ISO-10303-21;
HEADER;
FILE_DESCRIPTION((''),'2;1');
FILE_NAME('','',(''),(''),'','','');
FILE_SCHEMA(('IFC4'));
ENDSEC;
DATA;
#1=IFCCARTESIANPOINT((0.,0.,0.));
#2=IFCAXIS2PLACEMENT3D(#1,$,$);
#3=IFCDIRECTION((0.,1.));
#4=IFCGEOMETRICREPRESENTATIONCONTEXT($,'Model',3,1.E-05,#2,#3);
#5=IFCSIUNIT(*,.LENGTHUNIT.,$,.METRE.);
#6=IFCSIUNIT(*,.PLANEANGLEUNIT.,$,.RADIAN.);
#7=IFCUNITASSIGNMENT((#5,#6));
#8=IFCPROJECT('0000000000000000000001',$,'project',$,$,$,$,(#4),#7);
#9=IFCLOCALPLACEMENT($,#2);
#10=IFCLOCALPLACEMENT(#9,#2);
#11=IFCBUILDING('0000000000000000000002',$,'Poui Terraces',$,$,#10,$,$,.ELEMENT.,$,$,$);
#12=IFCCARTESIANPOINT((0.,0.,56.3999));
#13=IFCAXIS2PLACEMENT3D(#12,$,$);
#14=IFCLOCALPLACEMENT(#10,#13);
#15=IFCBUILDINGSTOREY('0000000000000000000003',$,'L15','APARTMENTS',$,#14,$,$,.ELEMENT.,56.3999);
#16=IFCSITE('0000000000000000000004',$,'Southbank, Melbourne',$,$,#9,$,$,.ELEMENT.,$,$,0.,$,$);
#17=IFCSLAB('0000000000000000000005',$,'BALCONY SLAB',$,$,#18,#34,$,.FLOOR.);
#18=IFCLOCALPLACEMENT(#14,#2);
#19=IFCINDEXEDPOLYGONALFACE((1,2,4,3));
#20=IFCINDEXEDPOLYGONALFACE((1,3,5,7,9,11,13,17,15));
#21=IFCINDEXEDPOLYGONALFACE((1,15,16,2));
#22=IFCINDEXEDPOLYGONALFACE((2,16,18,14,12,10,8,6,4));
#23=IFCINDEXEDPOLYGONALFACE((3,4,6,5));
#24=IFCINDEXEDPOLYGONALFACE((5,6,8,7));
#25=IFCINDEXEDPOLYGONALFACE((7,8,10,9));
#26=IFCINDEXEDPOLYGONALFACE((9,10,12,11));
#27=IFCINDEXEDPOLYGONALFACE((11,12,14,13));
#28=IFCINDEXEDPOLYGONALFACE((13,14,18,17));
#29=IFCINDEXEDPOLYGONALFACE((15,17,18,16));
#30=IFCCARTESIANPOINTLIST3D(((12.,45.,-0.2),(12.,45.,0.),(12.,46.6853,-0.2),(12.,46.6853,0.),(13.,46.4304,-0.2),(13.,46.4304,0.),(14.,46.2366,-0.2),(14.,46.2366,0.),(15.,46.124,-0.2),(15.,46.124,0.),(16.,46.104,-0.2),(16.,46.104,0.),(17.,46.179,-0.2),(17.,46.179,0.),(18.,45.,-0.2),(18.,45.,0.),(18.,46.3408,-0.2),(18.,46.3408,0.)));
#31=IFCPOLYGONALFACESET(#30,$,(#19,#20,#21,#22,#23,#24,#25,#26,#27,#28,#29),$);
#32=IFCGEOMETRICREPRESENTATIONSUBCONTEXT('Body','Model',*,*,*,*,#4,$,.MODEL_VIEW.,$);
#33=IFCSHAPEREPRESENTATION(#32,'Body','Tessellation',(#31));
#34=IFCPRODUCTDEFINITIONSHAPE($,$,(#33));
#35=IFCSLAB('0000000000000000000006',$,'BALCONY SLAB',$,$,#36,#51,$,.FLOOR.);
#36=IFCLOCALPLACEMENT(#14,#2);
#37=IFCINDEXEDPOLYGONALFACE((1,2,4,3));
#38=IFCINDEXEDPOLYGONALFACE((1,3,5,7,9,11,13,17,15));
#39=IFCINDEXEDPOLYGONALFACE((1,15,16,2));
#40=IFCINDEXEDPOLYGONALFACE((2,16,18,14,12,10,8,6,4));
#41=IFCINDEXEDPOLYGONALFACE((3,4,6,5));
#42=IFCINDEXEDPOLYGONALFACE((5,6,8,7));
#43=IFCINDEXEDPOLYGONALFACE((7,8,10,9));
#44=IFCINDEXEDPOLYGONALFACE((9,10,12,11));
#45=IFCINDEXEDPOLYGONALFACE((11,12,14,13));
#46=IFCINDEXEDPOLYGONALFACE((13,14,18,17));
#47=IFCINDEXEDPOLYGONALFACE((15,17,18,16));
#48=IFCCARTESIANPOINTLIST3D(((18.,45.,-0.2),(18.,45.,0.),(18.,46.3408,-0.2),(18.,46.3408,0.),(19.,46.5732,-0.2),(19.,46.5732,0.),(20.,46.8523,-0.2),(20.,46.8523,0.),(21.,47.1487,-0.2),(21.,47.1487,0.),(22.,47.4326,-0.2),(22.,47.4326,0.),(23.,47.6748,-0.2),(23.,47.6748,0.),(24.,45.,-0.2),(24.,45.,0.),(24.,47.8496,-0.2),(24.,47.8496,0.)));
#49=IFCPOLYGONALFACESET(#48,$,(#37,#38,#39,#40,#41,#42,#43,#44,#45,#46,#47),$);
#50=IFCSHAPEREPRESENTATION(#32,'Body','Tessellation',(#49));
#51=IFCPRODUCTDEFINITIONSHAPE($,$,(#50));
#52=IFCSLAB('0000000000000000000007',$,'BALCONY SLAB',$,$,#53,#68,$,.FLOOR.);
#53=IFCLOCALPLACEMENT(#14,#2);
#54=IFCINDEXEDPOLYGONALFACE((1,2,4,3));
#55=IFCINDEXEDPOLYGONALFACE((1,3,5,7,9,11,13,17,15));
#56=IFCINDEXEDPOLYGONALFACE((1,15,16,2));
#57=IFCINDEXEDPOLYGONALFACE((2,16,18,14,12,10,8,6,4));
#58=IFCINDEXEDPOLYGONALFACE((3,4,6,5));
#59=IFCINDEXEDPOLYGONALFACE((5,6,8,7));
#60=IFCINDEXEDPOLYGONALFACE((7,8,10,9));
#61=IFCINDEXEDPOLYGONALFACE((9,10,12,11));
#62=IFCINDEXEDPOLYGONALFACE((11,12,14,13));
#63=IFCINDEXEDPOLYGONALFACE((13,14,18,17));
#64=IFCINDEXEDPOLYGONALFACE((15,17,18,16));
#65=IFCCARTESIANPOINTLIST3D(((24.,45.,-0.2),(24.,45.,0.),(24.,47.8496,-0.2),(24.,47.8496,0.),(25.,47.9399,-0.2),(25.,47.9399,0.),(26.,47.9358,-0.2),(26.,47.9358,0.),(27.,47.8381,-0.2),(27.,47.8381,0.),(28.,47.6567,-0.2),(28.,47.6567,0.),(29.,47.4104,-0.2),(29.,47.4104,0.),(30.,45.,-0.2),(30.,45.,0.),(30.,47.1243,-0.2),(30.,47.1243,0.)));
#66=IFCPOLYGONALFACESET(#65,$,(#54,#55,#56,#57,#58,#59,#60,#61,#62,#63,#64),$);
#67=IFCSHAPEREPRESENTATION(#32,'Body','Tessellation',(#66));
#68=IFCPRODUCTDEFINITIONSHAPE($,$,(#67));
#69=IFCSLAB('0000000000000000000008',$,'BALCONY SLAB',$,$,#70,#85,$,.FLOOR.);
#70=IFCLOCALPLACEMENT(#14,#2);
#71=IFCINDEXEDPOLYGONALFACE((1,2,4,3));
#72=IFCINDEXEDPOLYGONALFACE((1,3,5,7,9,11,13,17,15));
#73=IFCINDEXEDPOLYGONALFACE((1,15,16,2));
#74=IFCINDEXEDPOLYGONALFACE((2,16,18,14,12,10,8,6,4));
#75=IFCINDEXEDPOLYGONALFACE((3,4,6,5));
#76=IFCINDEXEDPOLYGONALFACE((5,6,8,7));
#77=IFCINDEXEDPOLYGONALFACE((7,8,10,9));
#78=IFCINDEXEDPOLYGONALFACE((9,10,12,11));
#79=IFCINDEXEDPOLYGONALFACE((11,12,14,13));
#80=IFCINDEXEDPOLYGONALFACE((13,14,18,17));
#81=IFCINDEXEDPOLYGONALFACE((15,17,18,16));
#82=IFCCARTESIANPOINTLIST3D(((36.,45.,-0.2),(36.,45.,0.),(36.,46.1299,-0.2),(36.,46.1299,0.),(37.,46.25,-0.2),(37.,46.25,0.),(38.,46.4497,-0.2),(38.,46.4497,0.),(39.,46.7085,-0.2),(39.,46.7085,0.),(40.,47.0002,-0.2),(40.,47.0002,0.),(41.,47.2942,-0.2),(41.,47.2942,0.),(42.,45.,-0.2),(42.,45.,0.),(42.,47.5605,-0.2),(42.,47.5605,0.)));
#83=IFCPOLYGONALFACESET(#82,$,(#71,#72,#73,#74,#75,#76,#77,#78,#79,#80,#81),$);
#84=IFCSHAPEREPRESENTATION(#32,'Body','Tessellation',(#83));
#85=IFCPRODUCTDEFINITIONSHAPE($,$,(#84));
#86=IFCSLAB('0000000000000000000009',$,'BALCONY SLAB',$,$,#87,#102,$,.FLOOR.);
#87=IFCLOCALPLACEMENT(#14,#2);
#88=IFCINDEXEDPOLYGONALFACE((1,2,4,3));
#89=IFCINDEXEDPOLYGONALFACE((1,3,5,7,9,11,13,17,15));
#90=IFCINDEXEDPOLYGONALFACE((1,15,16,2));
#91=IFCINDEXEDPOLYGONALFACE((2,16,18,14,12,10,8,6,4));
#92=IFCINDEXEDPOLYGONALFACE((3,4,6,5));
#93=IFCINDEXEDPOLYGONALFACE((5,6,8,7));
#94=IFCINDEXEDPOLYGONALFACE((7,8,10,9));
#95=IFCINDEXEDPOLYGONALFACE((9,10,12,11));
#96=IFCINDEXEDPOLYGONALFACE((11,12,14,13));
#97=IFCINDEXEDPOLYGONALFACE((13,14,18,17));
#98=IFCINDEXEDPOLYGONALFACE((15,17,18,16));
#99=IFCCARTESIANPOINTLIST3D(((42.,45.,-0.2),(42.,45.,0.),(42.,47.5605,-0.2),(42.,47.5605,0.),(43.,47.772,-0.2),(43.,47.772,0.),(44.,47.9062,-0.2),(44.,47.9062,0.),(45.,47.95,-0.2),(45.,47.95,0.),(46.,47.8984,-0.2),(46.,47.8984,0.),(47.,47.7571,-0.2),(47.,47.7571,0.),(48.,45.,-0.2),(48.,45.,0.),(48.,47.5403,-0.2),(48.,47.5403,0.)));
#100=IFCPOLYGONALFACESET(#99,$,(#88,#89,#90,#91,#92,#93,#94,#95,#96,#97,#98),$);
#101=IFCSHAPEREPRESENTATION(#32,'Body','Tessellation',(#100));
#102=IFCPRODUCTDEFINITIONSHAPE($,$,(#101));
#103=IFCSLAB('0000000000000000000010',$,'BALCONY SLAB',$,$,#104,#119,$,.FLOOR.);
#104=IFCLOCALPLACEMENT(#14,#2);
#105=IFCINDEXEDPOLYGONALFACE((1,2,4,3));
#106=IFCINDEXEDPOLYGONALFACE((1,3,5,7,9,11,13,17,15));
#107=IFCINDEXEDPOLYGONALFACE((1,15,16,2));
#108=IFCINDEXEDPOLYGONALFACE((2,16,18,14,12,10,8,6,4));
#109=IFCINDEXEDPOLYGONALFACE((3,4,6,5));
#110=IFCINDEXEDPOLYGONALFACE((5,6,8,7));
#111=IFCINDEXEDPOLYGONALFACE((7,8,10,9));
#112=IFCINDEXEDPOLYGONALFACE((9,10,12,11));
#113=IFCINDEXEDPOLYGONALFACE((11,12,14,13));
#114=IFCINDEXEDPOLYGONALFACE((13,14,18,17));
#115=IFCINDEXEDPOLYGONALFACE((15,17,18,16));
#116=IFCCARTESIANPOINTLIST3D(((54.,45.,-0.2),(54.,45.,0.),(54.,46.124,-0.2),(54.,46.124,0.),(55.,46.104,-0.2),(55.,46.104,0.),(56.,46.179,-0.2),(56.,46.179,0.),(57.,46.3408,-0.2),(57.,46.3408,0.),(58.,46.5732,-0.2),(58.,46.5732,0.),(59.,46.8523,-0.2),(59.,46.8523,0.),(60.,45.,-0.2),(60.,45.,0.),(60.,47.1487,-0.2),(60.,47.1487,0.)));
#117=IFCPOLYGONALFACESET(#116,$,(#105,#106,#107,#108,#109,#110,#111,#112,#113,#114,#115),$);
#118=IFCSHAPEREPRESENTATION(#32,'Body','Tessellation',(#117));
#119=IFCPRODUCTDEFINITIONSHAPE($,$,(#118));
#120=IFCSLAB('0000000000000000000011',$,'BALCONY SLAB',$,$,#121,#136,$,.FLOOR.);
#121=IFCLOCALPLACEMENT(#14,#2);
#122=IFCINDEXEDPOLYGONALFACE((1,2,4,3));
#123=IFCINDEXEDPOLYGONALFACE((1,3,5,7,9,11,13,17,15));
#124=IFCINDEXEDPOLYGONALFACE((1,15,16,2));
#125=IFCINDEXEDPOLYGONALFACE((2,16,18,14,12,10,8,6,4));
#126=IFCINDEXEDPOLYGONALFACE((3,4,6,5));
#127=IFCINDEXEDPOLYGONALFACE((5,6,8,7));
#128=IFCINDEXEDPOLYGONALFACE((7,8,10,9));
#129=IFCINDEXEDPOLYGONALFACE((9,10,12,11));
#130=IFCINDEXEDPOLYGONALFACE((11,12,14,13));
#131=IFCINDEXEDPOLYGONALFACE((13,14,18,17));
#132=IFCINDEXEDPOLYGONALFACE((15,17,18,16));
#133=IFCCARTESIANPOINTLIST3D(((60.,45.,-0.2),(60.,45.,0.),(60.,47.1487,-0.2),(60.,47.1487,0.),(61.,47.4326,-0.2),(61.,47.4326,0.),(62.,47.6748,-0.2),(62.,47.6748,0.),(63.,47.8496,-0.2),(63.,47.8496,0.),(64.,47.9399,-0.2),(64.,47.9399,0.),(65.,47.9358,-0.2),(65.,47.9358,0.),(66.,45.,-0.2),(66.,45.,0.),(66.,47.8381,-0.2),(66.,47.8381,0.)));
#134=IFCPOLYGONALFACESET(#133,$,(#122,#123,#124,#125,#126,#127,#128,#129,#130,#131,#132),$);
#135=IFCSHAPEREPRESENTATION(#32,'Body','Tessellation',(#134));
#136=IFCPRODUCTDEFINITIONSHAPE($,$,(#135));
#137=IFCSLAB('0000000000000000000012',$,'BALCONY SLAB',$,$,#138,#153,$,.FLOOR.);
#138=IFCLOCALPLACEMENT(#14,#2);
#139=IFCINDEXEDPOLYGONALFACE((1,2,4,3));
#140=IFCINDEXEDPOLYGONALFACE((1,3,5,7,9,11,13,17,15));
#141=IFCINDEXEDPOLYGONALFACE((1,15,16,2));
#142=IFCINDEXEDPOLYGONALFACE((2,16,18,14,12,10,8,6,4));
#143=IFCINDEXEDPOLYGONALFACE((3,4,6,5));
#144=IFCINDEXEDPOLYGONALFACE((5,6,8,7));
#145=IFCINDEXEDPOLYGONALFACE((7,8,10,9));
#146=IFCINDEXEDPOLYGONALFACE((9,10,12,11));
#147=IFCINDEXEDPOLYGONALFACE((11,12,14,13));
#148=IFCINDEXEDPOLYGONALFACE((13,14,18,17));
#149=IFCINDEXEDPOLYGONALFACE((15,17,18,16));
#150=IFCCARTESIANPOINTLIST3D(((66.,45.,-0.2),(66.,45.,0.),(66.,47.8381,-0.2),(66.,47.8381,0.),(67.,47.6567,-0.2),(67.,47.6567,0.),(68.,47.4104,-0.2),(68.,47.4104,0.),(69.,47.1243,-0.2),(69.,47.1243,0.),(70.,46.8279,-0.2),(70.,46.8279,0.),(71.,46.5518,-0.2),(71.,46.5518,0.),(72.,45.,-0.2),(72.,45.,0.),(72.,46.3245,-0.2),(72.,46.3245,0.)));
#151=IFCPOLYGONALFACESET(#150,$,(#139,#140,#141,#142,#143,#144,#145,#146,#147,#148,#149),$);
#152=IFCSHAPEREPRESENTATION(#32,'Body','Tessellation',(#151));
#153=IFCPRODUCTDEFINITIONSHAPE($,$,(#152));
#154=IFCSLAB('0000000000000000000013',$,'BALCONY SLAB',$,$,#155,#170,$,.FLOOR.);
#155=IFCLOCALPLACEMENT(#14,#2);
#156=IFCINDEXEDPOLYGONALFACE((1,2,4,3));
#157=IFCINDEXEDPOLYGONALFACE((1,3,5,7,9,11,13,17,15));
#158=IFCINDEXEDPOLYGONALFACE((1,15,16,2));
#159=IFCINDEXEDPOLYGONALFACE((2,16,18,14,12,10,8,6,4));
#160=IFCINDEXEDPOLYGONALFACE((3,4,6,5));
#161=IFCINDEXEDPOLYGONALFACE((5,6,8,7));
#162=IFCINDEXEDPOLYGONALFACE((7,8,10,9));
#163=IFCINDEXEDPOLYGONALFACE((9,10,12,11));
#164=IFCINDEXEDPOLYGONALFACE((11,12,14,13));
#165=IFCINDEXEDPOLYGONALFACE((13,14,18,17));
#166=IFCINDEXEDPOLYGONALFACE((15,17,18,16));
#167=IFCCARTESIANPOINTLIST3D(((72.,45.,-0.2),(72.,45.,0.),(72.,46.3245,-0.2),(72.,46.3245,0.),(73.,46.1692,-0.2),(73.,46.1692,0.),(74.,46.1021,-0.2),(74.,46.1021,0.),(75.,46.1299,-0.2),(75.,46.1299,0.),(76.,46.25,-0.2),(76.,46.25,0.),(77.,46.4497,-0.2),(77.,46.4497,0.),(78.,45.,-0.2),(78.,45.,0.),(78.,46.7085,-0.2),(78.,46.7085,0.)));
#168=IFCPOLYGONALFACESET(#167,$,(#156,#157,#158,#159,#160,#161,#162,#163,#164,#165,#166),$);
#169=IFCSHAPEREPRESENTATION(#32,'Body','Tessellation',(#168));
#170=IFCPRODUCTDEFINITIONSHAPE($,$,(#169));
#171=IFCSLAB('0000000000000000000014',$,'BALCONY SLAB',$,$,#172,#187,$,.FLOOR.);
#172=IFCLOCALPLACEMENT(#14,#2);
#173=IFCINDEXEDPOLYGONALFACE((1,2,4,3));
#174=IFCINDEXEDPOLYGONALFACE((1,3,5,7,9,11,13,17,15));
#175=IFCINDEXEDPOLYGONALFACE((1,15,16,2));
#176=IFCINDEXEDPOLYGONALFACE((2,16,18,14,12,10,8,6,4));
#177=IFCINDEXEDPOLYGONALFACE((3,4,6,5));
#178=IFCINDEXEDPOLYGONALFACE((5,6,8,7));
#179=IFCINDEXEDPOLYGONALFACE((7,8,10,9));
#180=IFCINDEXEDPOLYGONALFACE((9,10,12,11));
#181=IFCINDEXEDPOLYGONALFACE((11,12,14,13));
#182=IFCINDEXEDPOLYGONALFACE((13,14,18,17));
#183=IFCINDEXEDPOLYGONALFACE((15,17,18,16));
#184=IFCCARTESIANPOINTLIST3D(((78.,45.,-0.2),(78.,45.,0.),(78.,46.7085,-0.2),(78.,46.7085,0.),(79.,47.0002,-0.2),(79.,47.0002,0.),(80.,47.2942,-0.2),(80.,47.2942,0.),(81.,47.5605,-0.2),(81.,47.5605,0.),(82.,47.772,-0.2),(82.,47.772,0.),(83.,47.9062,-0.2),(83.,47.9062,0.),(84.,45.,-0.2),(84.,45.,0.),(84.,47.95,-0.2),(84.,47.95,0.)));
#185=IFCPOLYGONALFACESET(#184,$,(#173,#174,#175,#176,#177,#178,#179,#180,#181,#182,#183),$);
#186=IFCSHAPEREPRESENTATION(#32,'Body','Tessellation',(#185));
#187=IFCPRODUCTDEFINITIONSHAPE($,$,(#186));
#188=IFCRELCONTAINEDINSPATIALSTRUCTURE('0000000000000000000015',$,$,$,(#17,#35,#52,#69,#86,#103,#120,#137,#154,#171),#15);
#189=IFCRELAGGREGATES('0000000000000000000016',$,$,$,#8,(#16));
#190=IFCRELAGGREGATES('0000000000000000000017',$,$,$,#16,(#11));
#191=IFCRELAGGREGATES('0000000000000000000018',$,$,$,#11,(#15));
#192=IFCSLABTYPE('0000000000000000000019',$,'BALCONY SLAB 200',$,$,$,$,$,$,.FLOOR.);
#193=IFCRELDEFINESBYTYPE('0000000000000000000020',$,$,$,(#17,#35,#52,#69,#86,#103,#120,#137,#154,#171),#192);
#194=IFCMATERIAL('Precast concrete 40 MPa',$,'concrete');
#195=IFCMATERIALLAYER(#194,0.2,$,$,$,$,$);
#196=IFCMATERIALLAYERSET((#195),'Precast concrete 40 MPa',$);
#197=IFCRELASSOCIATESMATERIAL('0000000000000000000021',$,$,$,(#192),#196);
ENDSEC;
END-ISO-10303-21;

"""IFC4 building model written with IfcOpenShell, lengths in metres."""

from ifc_helpers import new_model, si_unit, direction, frame, origin, place, context, subcontext, project, spatial, polyline, outline, extrude, material, layer, layer_set, type_object, element, save


model = new_model("IFC4")

# Units and contexts
model_context = context("Model", 3, precision=1e-05, world=origin(), true_north=direction((0.0, 1.0)))
body_context = subcontext(model_context, "Body", "Model", "MODEL_VIEW")
ifc_project = project(units=[si_unit("LENGTHUNIT", "METRE"), si_unit("PLANEANGLEUNIT", "RADIAN")], contexts=[model_context])

# Site, building, storey
site_placement = place(None, origin())
site = spatial("IfcSite", under=ifc_project, at=site_placement, Name="Southbank, Melbourne", CompositionType="ELEMENT", RefElevation=0.0)
building_placement = place(site_placement, origin())
building = spatial("IfcBuilding", under=site, at=building_placement, Name="Poui Terraces", CompositionType="ELEMENT")
storey_placement = place(building_placement, frame((0.0, 0.0, 56.3999)))
storey = spatial("IfcBuildingStorey", under=building, at=storey_placement, Name="L15", Description="APARTMENTS", CompositionType="ELEMENT", Elevation=56.3999)

# Slabs
ifc_material_1 = material(Name="Precast concrete 40 MPa", Category="concrete")
ifc_layer_1 = layer(ifc_material_1, 0.2)
ifc_layer_set_1 = layer_set([ifc_layer_1], Name="Precast concrete 40 MPa")
slab_type_1 = type_object("IfcSlabType", Name="BALCONY SLAB 200", PredefinedType="FLOOR", material=ifc_layer_set_1)
slab_1_placement = place(storey_placement, frame((0.0, 0.0, -0.2)))
element("IfcSlab", 1, at=slab_1_placement, inside=storey, type_object=slab_type_1, Name="BALCONY SLAB", PredefinedType="FLOOR", context=body_context, shape_type="SweptSolid", body=[
    extrude(outline(polyline([(12.0, 45.0), (18.0, 45.0), (18.0, 46.3408), (17.0, 46.179), (16.0, 46.104), (15.0, 46.124), (14.0, 46.2366), (13.0, 46.4304), (12.0, 46.6853), (12.0, 45.0)])), origin(), (0.0, 0.0, 1.0), 0.2),
])
slab_2_placement = place(storey_placement, frame((0.0, 0.0, -0.2)))
element("IfcSlab", 2, at=slab_2_placement, inside=storey, type_object=slab_type_1, Name="BALCONY SLAB", PredefinedType="FLOOR", context=body_context, shape_type="SweptSolid", body=[
    extrude(outline(polyline([(18.0, 45.0), (24.0, 45.0), (24.0, 47.8496), (23.0, 47.6748), (22.0, 47.4326), (21.0, 47.1487), (20.0, 46.8523), (19.0, 46.5732), (18.0, 46.3408), (18.0, 45.0)])), origin(), (0.0, 0.0, 1.0), 0.2),
])
slab_3_placement = place(storey_placement, frame((0.0, 0.0, -0.2)))
element("IfcSlab", 3, at=slab_3_placement, inside=storey, type_object=slab_type_1, Name="BALCONY SLAB", PredefinedType="FLOOR", context=body_context, shape_type="SweptSolid", body=[
    extrude(outline(polyline([(24.0, 45.0), (30.0, 45.0), (30.0, 47.1243), (29.0, 47.4104), (28.0, 47.6567), (27.0, 47.8381), (26.0, 47.9358), (25.0, 47.9399), (24.0, 47.8496), (24.0, 45.0)])), origin(), (0.0, 0.0, 1.0), 0.2),
])
slab_4_placement = place(storey_placement, frame((0.0, 0.0, -0.2)))
element("IfcSlab", 4, at=slab_4_placement, inside=storey, type_object=slab_type_1, Name="BALCONY SLAB", PredefinedType="FLOOR", context=body_context, shape_type="SweptSolid", body=[
    extrude(outline(polyline([(36.0, 45.0), (42.0, 45.0), (42.0, 47.5605), (41.0, 47.2942), (40.0, 47.0002), (39.0, 46.7085), (38.0, 46.4497), (37.0, 46.25), (36.0, 46.1299), (36.0, 45.0)])), origin(), (0.0, 0.0, 1.0), 0.2),
])
slab_5_placement = place(storey_placement, frame((0.0, 0.0, -0.2)))
element("IfcSlab", 5, at=slab_5_placement, inside=storey, type_object=slab_type_1, Name="BALCONY SLAB", PredefinedType="FLOOR", context=body_context, shape_type="SweptSolid", body=[
    extrude(outline(polyline([(42.0, 45.0), (48.0, 45.0), (48.0, 47.5403), (47.0, 47.7571), (46.0, 47.8984), (45.0, 47.95), (44.0, 47.9062), (43.0, 47.772), (42.0, 47.5605), (42.0, 45.0)])), origin(), (0.0, 0.0, 1.0), 0.2),
])
slab_6_placement = place(storey_placement, frame((0.0, 0.0, -0.2)))
element("IfcSlab", 6, at=slab_6_placement, inside=storey, type_object=slab_type_1, Name="BALCONY SLAB", PredefinedType="FLOOR", context=body_context, shape_type="SweptSolid", body=[
    extrude(outline(polyline([(54.0, 45.0), (60.0, 45.0), (60.0, 47.1487), (59.0, 46.8523), (58.0, 46.5732), (57.0, 46.3408), (56.0, 46.179), (55.0, 46.104), (54.0, 46.124), (54.0, 45.0)])), origin(), (0.0, 0.0, 1.0), 0.2),
])
slab_7_placement = place(storey_placement, frame((0.0, 0.0, -0.2)))
element("IfcSlab", 7, at=slab_7_placement, inside=storey, type_object=slab_type_1, Name="BALCONY SLAB", PredefinedType="FLOOR", context=body_context, shape_type="SweptSolid", body=[
    extrude(outline(polyline([(60.0, 45.0), (66.0, 45.0), (66.0, 47.8381), (65.0, 47.9358), (64.0, 47.9399), (63.0, 47.8496), (62.0, 47.6748), (61.0, 47.4326), (60.0, 47.1487), (60.0, 45.0)])), origin(), (0.0, 0.0, 1.0), 0.2),
])
slab_8_placement = place(storey_placement, frame((0.0, 0.0, -0.2)))
element("IfcSlab", 8, at=slab_8_placement, inside=storey, type_object=slab_type_1, Name="BALCONY SLAB", PredefinedType="FLOOR", context=body_context, shape_type="SweptSolid", body=[
    extrude(outline(polyline([(66.0, 45.0), (72.0, 45.0), (72.0, 46.3245), (71.0, 46.5518), (70.0, 46.8279), (69.0, 47.1243), (68.0, 47.4104), (67.0, 47.6567), (66.0, 47.8381), (66.0, 45.0)])), origin(), (0.0, 0.0, 1.0), 0.2),
])
slab_9_placement = place(storey_placement, frame((0.0, 0.0, -0.2)))
element("IfcSlab", 9, at=slab_9_placement, inside=storey, type_object=slab_type_1, Name="BALCONY SLAB", PredefinedType="FLOOR", context=body_context, shape_type="SweptSolid", body=[
    extrude(outline(polyline([(72.0, 45.0), (78.0, 45.0), (78.0, 46.7085), (77.0, 46.4497), (76.0, 46.25), (75.0, 46.1299), (74.0, 46.1021), (73.0, 46.1692), (72.0, 46.3245), (72.0, 45.0)])), origin(), (0.0, 0.0, 1.0), 0.2),
])
slab_10_placement = place(storey_placement, frame((0.0, 0.0, -0.2)))
element("IfcSlab", 10, at=slab_10_placement, inside=storey, type_object=slab_type_1, Name="BALCONY SLAB", PredefinedType="FLOOR", context=body_context, shape_type="SweptSolid", body=[
    extrude(outline(polyline([(78.0, 45.0), (84.0, 45.0), (84.0, 47.95), (83.0, 47.9062), (82.0, 47.772), (81.0, 47.5605), (80.0, 47.2942), (79.0, 47.0002), (78.0, 46.7085), (78.0, 45.0)])), origin(), (0.0, 0.0, 1.0), 0.2),
])

save(model, "model.ifc")
